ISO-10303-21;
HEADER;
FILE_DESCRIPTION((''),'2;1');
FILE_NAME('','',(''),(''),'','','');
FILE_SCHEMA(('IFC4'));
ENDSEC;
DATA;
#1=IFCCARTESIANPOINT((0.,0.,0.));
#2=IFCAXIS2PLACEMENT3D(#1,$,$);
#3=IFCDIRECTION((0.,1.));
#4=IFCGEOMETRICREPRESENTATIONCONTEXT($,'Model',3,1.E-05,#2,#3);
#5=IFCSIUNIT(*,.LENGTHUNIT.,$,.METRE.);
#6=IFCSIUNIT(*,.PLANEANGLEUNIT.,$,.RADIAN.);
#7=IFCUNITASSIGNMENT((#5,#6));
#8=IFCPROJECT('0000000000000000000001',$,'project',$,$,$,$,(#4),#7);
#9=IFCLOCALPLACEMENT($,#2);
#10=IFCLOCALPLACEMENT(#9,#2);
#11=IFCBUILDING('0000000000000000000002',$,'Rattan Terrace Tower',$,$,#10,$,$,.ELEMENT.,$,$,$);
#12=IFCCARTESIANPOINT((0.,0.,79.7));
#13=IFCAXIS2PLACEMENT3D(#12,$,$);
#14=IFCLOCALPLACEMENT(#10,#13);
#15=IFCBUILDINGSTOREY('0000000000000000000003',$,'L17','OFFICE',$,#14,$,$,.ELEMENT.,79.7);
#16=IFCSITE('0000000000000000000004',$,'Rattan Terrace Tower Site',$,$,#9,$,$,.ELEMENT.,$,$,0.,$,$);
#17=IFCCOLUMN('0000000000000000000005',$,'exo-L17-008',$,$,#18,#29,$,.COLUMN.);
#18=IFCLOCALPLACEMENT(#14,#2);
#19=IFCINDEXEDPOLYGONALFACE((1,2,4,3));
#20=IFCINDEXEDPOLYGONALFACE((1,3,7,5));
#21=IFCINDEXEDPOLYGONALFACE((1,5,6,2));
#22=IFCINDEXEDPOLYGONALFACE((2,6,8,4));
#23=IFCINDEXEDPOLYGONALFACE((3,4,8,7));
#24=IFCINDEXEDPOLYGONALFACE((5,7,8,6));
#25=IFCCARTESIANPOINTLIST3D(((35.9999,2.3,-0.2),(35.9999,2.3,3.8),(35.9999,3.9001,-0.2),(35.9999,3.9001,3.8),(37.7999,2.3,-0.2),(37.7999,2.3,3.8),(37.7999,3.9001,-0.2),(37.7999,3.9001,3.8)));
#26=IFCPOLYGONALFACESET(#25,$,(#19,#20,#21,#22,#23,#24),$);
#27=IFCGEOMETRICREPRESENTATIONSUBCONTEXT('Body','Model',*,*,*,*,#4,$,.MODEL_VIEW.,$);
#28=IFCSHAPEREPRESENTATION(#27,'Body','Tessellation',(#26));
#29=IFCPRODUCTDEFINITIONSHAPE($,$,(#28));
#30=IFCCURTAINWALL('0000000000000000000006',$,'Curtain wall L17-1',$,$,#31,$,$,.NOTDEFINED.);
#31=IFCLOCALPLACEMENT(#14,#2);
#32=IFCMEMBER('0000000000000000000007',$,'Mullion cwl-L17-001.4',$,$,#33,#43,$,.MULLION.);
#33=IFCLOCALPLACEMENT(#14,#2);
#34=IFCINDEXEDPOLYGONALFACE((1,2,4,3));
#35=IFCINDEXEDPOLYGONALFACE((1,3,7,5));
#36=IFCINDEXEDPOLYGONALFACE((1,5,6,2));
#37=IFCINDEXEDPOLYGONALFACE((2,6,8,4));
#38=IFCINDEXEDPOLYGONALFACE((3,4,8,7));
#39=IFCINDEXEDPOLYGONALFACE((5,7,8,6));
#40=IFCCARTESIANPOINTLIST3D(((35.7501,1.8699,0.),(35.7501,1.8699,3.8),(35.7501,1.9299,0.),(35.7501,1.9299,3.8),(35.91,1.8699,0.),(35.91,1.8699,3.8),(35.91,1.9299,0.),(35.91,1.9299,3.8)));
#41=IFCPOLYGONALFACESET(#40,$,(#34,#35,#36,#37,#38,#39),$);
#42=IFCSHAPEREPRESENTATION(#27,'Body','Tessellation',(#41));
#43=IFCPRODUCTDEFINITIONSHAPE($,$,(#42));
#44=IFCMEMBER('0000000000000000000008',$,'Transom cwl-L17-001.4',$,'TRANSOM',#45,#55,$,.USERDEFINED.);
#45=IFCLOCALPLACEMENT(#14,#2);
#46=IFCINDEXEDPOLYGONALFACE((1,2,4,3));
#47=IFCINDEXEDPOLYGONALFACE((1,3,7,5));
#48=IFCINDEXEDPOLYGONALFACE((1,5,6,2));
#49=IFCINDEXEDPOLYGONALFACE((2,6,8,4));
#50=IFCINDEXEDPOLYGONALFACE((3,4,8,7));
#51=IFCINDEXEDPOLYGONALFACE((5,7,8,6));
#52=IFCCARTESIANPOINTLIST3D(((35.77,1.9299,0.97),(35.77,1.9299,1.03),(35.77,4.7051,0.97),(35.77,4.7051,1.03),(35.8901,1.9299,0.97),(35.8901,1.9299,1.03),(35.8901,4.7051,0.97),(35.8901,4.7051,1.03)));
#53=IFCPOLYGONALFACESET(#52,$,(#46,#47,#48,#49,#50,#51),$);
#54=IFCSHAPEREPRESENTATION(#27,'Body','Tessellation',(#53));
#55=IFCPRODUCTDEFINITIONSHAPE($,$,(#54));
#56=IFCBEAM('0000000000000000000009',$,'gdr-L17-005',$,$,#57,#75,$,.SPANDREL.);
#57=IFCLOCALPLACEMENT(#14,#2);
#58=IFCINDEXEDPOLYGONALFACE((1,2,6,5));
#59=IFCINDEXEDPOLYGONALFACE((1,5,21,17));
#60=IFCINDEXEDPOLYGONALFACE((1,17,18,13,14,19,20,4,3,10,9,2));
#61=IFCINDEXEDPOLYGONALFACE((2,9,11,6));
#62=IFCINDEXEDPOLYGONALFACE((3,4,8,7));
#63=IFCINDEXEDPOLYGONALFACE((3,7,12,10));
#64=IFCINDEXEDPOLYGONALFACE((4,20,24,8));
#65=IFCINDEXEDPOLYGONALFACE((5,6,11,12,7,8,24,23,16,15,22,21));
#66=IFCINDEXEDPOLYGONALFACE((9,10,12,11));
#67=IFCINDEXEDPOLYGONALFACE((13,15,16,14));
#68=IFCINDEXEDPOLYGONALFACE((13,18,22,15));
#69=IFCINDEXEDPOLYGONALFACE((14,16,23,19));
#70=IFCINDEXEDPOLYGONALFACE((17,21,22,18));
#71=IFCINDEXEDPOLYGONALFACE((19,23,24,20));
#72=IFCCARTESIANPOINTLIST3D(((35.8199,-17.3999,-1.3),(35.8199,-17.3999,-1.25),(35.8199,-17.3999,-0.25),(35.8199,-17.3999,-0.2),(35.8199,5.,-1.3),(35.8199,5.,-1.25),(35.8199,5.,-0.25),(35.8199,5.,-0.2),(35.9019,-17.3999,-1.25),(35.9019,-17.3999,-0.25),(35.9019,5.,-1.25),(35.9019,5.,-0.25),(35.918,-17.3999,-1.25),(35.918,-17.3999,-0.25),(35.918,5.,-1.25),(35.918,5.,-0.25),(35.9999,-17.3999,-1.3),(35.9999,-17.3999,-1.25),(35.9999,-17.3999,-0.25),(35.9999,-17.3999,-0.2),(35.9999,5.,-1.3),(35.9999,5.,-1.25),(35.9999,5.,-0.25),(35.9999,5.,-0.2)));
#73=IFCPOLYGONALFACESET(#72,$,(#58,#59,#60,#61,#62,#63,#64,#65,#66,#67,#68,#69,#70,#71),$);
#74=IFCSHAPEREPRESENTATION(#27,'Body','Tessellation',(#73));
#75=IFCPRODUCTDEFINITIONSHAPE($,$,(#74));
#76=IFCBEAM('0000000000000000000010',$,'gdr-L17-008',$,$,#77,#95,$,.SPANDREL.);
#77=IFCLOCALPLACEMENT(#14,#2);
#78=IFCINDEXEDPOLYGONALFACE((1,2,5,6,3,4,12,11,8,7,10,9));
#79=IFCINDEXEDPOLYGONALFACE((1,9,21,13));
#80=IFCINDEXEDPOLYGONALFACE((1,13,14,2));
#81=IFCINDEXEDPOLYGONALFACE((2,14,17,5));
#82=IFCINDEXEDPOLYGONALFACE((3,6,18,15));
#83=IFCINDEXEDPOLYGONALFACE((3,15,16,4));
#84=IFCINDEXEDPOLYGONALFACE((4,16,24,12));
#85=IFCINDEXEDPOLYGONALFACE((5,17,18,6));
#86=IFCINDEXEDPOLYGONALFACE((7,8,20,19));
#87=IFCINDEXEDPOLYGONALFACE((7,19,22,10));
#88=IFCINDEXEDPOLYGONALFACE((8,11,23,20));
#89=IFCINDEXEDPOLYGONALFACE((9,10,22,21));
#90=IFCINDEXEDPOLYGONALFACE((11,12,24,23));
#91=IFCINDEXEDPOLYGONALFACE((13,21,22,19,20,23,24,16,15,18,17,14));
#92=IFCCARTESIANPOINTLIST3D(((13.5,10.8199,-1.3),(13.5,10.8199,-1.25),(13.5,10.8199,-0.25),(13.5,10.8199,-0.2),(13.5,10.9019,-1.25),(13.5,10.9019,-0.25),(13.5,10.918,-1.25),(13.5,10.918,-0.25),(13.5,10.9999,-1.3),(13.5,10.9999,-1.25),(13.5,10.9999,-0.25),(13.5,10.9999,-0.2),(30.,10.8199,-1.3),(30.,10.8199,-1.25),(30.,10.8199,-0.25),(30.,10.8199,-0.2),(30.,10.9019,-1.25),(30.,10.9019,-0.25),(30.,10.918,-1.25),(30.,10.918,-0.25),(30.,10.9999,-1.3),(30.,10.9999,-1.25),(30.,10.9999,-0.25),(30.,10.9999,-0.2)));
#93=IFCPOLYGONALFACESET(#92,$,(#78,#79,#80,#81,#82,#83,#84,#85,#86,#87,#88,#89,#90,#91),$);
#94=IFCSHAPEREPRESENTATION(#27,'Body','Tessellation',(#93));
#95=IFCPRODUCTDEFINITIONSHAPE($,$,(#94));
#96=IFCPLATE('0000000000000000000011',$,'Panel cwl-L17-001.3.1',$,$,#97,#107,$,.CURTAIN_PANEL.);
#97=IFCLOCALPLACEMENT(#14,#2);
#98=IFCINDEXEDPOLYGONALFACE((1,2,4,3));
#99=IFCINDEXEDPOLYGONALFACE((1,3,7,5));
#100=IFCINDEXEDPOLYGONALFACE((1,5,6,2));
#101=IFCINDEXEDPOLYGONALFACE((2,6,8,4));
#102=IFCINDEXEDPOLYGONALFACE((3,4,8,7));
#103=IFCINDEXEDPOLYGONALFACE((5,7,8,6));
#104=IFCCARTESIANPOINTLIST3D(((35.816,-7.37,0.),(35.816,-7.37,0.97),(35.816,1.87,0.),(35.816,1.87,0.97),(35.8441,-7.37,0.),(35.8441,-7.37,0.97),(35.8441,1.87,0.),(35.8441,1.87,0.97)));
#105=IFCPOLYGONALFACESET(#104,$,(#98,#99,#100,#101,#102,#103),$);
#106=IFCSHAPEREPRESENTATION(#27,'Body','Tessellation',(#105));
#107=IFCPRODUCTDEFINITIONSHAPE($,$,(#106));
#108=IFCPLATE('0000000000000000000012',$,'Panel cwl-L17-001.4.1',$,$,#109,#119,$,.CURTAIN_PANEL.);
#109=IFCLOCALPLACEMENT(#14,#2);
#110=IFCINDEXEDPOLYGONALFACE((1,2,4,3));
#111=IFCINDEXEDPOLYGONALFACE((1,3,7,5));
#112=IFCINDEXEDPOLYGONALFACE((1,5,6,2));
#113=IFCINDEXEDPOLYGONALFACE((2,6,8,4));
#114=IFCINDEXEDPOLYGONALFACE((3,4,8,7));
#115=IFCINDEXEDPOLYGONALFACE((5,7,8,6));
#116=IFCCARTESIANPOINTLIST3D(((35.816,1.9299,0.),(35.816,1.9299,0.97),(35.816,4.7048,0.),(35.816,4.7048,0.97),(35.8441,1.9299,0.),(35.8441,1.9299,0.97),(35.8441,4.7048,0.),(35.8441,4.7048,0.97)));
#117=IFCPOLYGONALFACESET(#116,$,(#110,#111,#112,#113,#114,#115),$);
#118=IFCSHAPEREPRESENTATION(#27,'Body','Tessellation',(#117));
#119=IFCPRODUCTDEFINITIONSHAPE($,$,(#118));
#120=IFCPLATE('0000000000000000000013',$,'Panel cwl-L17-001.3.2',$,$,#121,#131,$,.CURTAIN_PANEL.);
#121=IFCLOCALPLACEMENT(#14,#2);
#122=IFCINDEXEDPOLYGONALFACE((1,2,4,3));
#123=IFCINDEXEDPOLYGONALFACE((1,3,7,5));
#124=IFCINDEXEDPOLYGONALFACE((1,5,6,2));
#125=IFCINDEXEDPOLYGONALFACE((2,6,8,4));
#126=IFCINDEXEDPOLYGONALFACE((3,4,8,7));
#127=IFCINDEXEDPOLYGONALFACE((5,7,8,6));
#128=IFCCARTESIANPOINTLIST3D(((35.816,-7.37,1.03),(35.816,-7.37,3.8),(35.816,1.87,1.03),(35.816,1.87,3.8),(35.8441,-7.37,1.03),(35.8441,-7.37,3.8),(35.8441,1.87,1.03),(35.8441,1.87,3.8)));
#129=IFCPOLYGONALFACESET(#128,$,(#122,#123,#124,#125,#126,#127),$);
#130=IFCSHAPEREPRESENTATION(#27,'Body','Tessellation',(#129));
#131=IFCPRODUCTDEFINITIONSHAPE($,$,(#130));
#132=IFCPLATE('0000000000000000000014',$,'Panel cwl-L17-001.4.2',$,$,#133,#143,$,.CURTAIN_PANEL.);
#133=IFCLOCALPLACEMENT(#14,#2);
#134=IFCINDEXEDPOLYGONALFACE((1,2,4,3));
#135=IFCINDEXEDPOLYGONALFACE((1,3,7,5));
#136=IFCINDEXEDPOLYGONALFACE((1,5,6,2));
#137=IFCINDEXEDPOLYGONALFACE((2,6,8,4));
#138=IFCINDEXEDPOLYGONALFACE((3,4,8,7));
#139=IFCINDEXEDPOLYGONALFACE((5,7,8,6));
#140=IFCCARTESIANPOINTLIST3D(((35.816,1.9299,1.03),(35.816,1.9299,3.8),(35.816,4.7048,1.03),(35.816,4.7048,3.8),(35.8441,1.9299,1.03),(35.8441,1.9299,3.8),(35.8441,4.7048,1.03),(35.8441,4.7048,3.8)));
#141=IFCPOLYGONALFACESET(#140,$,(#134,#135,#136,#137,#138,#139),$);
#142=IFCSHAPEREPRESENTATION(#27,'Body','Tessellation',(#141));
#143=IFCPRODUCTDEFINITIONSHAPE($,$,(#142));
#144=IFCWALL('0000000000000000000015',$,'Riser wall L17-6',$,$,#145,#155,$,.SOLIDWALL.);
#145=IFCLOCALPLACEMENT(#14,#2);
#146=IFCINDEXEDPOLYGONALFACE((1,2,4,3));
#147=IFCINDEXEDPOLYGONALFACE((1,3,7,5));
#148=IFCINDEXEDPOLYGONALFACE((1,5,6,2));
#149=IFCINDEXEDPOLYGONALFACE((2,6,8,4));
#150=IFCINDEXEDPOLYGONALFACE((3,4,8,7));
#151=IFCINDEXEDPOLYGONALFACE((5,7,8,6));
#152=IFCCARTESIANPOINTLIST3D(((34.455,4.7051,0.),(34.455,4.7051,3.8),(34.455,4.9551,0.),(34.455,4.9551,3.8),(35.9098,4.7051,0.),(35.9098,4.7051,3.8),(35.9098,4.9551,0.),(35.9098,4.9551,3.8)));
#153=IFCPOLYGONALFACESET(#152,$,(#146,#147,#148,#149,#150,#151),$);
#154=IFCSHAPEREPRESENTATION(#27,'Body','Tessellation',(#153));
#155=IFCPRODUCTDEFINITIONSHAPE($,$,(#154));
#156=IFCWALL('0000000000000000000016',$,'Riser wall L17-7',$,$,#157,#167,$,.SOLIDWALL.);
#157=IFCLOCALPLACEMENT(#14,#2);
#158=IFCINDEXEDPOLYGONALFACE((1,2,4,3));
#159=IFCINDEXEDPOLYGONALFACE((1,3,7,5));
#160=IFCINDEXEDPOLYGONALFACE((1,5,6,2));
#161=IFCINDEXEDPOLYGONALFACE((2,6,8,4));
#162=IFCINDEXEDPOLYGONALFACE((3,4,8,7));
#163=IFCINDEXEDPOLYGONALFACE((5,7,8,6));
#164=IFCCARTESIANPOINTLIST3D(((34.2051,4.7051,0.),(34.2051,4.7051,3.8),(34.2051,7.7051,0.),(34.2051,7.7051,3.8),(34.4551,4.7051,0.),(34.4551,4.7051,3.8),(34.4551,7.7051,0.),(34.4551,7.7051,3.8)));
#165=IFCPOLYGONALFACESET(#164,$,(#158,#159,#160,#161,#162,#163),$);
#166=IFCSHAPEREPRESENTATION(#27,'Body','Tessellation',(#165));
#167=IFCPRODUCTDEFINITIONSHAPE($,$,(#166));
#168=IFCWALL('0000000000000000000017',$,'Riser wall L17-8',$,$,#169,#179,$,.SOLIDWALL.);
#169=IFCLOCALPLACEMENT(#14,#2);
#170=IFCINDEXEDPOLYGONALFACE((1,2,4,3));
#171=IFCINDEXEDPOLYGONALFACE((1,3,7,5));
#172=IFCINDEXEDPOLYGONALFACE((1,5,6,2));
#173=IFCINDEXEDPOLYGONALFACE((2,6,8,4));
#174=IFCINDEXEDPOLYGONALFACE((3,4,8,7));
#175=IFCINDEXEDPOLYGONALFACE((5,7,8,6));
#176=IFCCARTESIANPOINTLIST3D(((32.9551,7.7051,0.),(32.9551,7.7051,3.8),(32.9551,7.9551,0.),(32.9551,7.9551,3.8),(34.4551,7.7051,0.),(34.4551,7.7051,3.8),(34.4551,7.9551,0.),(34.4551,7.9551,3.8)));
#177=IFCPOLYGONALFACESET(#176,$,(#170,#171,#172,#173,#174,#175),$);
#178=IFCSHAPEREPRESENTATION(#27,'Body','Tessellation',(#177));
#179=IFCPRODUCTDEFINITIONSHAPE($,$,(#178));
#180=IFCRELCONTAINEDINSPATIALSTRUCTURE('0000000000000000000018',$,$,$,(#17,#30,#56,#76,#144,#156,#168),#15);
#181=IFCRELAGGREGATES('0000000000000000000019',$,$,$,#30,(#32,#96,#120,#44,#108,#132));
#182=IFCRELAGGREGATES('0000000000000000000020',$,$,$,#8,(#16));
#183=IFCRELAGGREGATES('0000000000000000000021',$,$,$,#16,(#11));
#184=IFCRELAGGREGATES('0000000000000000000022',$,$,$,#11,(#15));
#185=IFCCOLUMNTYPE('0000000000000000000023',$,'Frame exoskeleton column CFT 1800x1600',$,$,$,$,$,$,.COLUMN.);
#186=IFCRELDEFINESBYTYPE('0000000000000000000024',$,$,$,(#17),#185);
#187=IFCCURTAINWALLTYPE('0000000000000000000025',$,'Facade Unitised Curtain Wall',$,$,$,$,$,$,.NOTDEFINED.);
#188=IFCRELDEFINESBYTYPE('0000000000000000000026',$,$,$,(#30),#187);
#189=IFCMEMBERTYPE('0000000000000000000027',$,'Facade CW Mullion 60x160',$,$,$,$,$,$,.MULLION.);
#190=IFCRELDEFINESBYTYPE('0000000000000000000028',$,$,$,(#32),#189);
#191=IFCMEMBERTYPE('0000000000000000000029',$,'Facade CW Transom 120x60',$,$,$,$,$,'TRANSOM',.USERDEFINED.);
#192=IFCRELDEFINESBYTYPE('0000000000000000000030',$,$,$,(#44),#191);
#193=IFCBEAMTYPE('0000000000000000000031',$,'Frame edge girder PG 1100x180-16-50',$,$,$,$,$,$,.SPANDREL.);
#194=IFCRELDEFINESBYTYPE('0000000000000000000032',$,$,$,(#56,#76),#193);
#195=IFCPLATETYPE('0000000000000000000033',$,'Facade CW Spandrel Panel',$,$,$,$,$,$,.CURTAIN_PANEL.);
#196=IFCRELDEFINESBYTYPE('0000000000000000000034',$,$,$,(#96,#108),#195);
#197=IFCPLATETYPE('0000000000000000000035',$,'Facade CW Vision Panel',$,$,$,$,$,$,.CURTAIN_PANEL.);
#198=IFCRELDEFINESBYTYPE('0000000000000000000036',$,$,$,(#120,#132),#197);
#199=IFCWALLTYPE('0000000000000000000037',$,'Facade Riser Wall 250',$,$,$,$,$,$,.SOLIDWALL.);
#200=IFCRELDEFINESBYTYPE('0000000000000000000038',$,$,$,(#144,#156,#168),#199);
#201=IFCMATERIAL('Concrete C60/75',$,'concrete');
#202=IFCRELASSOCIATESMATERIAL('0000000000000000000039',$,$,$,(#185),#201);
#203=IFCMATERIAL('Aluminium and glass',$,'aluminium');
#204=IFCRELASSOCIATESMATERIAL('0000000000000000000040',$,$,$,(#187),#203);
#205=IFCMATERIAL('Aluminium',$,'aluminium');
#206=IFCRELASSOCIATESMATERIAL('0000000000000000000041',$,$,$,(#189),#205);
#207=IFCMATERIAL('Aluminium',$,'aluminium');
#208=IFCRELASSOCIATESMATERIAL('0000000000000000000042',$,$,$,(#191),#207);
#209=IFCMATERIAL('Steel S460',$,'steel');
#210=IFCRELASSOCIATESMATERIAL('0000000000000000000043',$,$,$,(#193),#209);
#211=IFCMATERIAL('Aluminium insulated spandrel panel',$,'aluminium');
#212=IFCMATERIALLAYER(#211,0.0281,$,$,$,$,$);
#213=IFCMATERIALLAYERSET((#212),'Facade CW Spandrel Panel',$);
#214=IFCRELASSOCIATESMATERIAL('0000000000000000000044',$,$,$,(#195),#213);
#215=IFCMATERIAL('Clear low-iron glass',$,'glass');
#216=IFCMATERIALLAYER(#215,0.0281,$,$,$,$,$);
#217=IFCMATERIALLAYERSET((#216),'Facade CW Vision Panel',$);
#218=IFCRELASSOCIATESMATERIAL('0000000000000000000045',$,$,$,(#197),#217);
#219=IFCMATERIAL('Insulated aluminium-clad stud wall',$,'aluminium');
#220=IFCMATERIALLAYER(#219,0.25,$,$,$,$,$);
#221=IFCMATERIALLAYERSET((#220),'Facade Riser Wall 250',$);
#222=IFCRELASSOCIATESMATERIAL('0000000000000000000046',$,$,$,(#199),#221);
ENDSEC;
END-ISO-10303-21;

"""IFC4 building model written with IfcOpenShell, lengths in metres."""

from ifc_helpers import new_model, si_unit, direction, frame, frame_2d, origin, origin_2d, place, context, subcontext, project, spatial, rectangle, i_section, extrude, material, layer, layer_set, material_profile, profile_set, type_object, element, aggregate, save


model = new_model("IFC4")

# Units and contexts
model_context = context("Model", 3, precision=1e-05, world=origin(), true_north=direction((0.0, 1.0)))
body_context = subcontext(model_context, "Body", "Model", "MODEL_VIEW")
ifc_project = project(units=[si_unit("LENGTHUNIT", "METRE"), si_unit("PLANEANGLEUNIT", "RADIAN")], contexts=[model_context])

# Site, building, storey
site_placement = place(None, origin())
site = spatial("IfcSite", under=ifc_project, at=site_placement, Name="Rattan Terrace Tower Site", CompositionType="ELEMENT", RefElevation=0.0)
building_placement = place(site_placement, origin())
building = spatial("IfcBuilding", under=site, at=building_placement, Name="Rattan Terrace Tower", CompositionType="ELEMENT")
storey_placement = place(building_placement, frame((0.0, 0.0, 79.7)))
storey = spatial("IfcBuildingStorey", under=building, at=storey_placement, Name="L17", Description="OFFICE", CompositionType="ELEMENT", Elevation=79.7)

# Column
ifc_material_1 = material(Name="Concrete C60/75", Category="concrete")
ifc_material_profile_1 = material_profile(ifc_material_1, rectangle(XDim=1.6001, YDim=1.8, at=origin_2d()), Name="CFT 1800x1600")
ifc_profile_set_1 = profile_set([ifc_material_profile_1], Name="Concrete C60/75")
column_type = type_object("IfcColumnType", Name="Frame exoskeleton column CFT 1800x1600", PredefinedType="COLUMN", material=ifc_profile_set_1)
column_placement = place(storey_placement, frame((36.8999, 3.1001, -0.2), z_axis=(0.0, 0.0, 1.0), x_axis=(0.0, 1.0, 0.0)))
element("IfcColumn", 1, at=column_placement, inside=storey, type_object=column_type, Name="exo-L17-008", PredefinedType="COLUMN", context=body_context, shape_type="SweptSolid", body=[
    extrude(rectangle(XDim=1.6001, YDim=1.8, at=origin_2d()), origin(), (0.0, 0.0, 1.0), 4.0),
])

# Curtain wall, members
ifc_material_2 = material(Name="Aluminium and glass", Category="aluminium")
curtain_wall_type = type_object("IfcCurtainWallType", Name="Facade Unitised Curtain Wall", PredefinedType="NOTDEFINED", material=ifc_material_2)
curtain_wall_placement = place(storey_placement, origin())
curtain_wall = element("IfcCurtainWall", 2, at=curtain_wall_placement, inside=storey, type_object=curtain_wall_type, Name="Curtain wall L17-1", PredefinedType="NOTDEFINED")
ifc_material_3 = material(Name="Aluminium", Category="aluminium")
ifc_material_profile_2 = material_profile(ifc_material_3, rectangle(XDim=0.0601, YDim=0.1599, at=origin_2d()), Name="Aluminium 60x160")
ifc_profile_set_2 = profile_set([ifc_material_profile_2], Name="Aluminium")
member_type_1 = type_object("IfcMemberType", Name="Facade CW Mullion 60x160", PredefinedType="MULLION", material=ifc_profile_set_2)
member_1_placement = place(storey_placement, frame((35.8301, 1.8999, 0.0), z_axis=(0.0, 0.0, 1.0), x_axis=(0.0, 1.0, 0.0)))
member_1 = element("IfcMember", 3, at=member_1_placement, type_object=member_type_1, Name="Mullion cwl-L17-001.4", PredefinedType="MULLION", context=body_context, shape_type="SweptSolid", body=[
    extrude(rectangle(XDim=0.0601, YDim=0.1599, at=origin_2d()), origin(), (0.0, 0.0, 1.0), 3.8),
])
ifc_material_4 = material(Name="Aluminium", Category="aluminium")
ifc_material_profile_3 = material_profile(ifc_material_4, rectangle(XDim=0.1201, YDim=0.0601, at=origin_2d()), Name="Aluminium 120x60")
ifc_profile_set_3 = profile_set([ifc_material_profile_3], Name="Aluminium")
member_type_2 = type_object("IfcMemberType", Name="Facade CW Transom 120x60", ElementType="TRANSOM", PredefinedType="USERDEFINED", material=ifc_profile_set_3)
member_2_placement = place(storey_placement, frame((35.8301, 1.9299, 1.0), z_axis=(0.0, 1.0, 0.0), x_axis=(-1.0, 0.0, 0.0)))
member_2 = element("IfcMember", 4, at=member_2_placement, type_object=member_type_2, Name="Transom cwl-L17-001.4", ObjectType="TRANSOM", PredefinedType="USERDEFINED", context=body_context, shape_type="SweptSolid", body=[
    extrude(rectangle(XDim=0.1201, YDim=0.0601, at=origin_2d()), origin(), (0.0, 0.0, 1.0), 2.7751),
])

# Beams
ifc_material_5 = material(Name="Steel S460", Category="steel")
ifc_material_profile_4 = material_profile(ifc_material_5, i_section(OverallWidth=0.1799, OverallDepth=1.1001, WebThickness=0.0161, FlangeThickness=0.05, at=origin_2d()), Name="PG 1100x180-16-50")
ifc_profile_set_4 = profile_set([ifc_material_profile_4], Name="Steel S460")
beam_type = type_object("IfcBeamType", Name="Frame edge girder PG 1100x180-16-50", PredefinedType="SPANDREL", material=ifc_profile_set_4)
beam_1_placement = place(storey_placement, frame((35.9099, 5.0, -0.75), z_axis=(0.0, -1.0, 0.0), x_axis=(1.0, 0.0, 0.0)))
element("IfcBeam", 5, at=beam_1_placement, inside=storey, type_object=beam_type, Name="gdr-L17-005", PredefinedType="SPANDREL", context=body_context, shape_type="SweptSolid", body=[
    extrude(i_section(OverallWidth=0.1799, OverallDepth=1.1001, WebThickness=0.0161, FlangeThickness=0.05, at=origin_2d()), origin(), (0.0, 0.0, 1.0), 22.3999),
])
beam_2_placement = place(storey_placement, frame((30.0, 10.9099, -0.75), z_axis=(-1.0, 0.0, 0.0), x_axis=(0.0, -1.0, 0.0)))
element("IfcBeam", 6, at=beam_2_placement, inside=storey, type_object=beam_type, Name="gdr-L17-008", PredefinedType="SPANDREL", context=body_context, shape_type="SweptSolid", body=[
    extrude(i_section(OverallWidth=0.1799, OverallDepth=1.1001, WebThickness=0.0161, FlangeThickness=0.05, at=origin_2d()), origin(), (0.0, 0.0, 1.0), 16.5),
])

# Plates
ifc_material_6 = material(Name="Aluminium insulated spandrel panel", Category="aluminium")
ifc_layer_1 = layer(ifc_material_6, 0.0281)
ifc_layer_set_1 = layer_set([ifc_layer_1], Name="Facade CW Spandrel Panel")
plate_type_1 = type_object("IfcPlateType", Name="Facade CW Spandrel Panel", PredefinedType="CURTAIN_PANEL", material=ifc_layer_set_1)
plate_1_placement = place(storey_placement, frame((35.8301, -2.75, 0.0), z_axis=(0.0, 0.0, 1.0), x_axis=(0.0, 1.0, 0.0)))
plate_1 = element("IfcPlate", 7, at=plate_1_placement, type_object=plate_type_1, Name="Panel cwl-L17-001.3.1", PredefinedType="CURTAIN_PANEL", context=body_context, shape_type="SweptSolid", body=[
    extrude(rectangle(XDim=9.24, YDim=0.0281, at=origin_2d()), origin(), (0.0, 0.0, 1.0), 0.97),
])
plate_2_placement = place(storey_placement, frame((35.8301, 3.3174, 0.0), z_axis=(0.0, 0.0, 1.0), x_axis=(0.0, 1.0, 0.0)))
plate_2 = element("IfcPlate", 8, at=plate_2_placement, type_object=plate_type_1, Name="Panel cwl-L17-001.4.1", PredefinedType="CURTAIN_PANEL", context=body_context, shape_type="SweptSolid", body=[
    extrude(rectangle(XDim=2.7749, YDim=0.0281, at=origin_2d()), origin(), (0.0, 0.0, 1.0), 0.97),
])
ifc_material_7 = material(Name="Clear low-iron glass", Category="glass")
ifc_layer_2 = layer(ifc_material_7, 0.0281)
ifc_layer_set_2 = layer_set([ifc_layer_2], Name="Facade CW Vision Panel")
plate_type_2 = type_object("IfcPlateType", Name="Facade CW Vision Panel", PredefinedType="CURTAIN_PANEL", material=ifc_layer_set_2)
plate_3_placement = place(storey_placement, frame((35.8301, -2.75, 1.03), z_axis=(0.0, 0.0, 1.0), x_axis=(0.0, 1.0, 0.0)))
plate_3 = element("IfcPlate", 9, at=plate_3_placement, type_object=plate_type_2, Name="Panel cwl-L17-001.3.2", PredefinedType="CURTAIN_PANEL", context=body_context, shape_type="SweptSolid", body=[
    extrude(rectangle(XDim=9.24, YDim=0.0281, at=origin_2d()), origin(), (0.0, 0.0, 1.0), 2.77),
])
plate_4_placement = place(storey_placement, frame((35.8301, 3.3174, 1.03), z_axis=(0.0, 0.0, 1.0), x_axis=(0.0, 1.0, 0.0)))
plate_4 = element("IfcPlate", 10, at=plate_4_placement, type_object=plate_type_2, Name="Panel cwl-L17-001.4.2", PredefinedType="CURTAIN_PANEL", context=body_context, shape_type="SweptSolid", body=[
    extrude(rectangle(XDim=2.7749, YDim=0.0281, at=origin_2d()), origin(), (0.0, 0.0, 1.0), 2.77),
])
aggregate(curtain_wall, [member_1, plate_1, plate_3, member_2, plate_2, plate_4])

# Walls
ifc_material_8 = material(Name="Insulated aluminium-clad stud wall", Category="aluminium")
ifc_layer_3 = layer(ifc_material_8, 0.25)
ifc_layer_set_3 = layer_set([ifc_layer_3], Name="Facade Riser Wall 250")
wall_type = type_object("IfcWallType", Name="Facade Riser Wall 250", PredefinedType="SOLIDWALL", material=ifc_layer_set_3)
wall_1_placement = place(storey_placement, frame((35.9099, 4.8301, 0.0), z_axis=(0.0, 0.0, 1.0), x_axis=(-1.0, 0.0, 0.0)))
element("IfcWall", 11, at=wall_1_placement, inside=storey, type_object=wall_type, Name="Riser wall L17-6", PredefinedType="SOLIDWALL", context=body_context, shape_type="SweptSolid", body=[
    extrude(rectangle(XDim=1.4548, YDim=0.25, at=frame_2d((0.7275, 0.0))), origin(), (0.0, 0.0, 1.0), 3.8),
])
wall_2_placement = place(storey_placement, frame((34.3301, 4.7051, 0.0), z_axis=(0.0, 0.0, 1.0), x_axis=(0.0, 1.0, 0.0)))
element("IfcWall", 12, at=wall_2_placement, inside=storey, type_object=wall_type, Name="Riser wall L17-7", PredefinedType="SOLIDWALL", context=body_context, shape_type="SweptSolid", body=[
    extrude(rectangle(XDim=3.0, YDim=0.25, at=frame_2d((1.5, 0.0))), origin(), (0.0, 0.0, 1.0), 3.8),
])
wall_3_placement = place(storey_placement, frame((34.4551, 7.8301, 0.0), z_axis=(0.0, 0.0, 1.0), x_axis=(-1.0, 0.0, 0.0)))
element("IfcWall", 13, at=wall_3_placement, inside=storey, type_object=wall_type, Name="Riser wall L17-8", PredefinedType="SOLIDWALL", context=body_context, shape_type="SweptSolid", body=[
    extrude(rectangle(XDim=1.5, YDim=0.25, at=frame_2d((0.75, 0.0))), origin(), (0.0, 0.0, 1.0), 3.8),
])

save(model, "model.ifc")
